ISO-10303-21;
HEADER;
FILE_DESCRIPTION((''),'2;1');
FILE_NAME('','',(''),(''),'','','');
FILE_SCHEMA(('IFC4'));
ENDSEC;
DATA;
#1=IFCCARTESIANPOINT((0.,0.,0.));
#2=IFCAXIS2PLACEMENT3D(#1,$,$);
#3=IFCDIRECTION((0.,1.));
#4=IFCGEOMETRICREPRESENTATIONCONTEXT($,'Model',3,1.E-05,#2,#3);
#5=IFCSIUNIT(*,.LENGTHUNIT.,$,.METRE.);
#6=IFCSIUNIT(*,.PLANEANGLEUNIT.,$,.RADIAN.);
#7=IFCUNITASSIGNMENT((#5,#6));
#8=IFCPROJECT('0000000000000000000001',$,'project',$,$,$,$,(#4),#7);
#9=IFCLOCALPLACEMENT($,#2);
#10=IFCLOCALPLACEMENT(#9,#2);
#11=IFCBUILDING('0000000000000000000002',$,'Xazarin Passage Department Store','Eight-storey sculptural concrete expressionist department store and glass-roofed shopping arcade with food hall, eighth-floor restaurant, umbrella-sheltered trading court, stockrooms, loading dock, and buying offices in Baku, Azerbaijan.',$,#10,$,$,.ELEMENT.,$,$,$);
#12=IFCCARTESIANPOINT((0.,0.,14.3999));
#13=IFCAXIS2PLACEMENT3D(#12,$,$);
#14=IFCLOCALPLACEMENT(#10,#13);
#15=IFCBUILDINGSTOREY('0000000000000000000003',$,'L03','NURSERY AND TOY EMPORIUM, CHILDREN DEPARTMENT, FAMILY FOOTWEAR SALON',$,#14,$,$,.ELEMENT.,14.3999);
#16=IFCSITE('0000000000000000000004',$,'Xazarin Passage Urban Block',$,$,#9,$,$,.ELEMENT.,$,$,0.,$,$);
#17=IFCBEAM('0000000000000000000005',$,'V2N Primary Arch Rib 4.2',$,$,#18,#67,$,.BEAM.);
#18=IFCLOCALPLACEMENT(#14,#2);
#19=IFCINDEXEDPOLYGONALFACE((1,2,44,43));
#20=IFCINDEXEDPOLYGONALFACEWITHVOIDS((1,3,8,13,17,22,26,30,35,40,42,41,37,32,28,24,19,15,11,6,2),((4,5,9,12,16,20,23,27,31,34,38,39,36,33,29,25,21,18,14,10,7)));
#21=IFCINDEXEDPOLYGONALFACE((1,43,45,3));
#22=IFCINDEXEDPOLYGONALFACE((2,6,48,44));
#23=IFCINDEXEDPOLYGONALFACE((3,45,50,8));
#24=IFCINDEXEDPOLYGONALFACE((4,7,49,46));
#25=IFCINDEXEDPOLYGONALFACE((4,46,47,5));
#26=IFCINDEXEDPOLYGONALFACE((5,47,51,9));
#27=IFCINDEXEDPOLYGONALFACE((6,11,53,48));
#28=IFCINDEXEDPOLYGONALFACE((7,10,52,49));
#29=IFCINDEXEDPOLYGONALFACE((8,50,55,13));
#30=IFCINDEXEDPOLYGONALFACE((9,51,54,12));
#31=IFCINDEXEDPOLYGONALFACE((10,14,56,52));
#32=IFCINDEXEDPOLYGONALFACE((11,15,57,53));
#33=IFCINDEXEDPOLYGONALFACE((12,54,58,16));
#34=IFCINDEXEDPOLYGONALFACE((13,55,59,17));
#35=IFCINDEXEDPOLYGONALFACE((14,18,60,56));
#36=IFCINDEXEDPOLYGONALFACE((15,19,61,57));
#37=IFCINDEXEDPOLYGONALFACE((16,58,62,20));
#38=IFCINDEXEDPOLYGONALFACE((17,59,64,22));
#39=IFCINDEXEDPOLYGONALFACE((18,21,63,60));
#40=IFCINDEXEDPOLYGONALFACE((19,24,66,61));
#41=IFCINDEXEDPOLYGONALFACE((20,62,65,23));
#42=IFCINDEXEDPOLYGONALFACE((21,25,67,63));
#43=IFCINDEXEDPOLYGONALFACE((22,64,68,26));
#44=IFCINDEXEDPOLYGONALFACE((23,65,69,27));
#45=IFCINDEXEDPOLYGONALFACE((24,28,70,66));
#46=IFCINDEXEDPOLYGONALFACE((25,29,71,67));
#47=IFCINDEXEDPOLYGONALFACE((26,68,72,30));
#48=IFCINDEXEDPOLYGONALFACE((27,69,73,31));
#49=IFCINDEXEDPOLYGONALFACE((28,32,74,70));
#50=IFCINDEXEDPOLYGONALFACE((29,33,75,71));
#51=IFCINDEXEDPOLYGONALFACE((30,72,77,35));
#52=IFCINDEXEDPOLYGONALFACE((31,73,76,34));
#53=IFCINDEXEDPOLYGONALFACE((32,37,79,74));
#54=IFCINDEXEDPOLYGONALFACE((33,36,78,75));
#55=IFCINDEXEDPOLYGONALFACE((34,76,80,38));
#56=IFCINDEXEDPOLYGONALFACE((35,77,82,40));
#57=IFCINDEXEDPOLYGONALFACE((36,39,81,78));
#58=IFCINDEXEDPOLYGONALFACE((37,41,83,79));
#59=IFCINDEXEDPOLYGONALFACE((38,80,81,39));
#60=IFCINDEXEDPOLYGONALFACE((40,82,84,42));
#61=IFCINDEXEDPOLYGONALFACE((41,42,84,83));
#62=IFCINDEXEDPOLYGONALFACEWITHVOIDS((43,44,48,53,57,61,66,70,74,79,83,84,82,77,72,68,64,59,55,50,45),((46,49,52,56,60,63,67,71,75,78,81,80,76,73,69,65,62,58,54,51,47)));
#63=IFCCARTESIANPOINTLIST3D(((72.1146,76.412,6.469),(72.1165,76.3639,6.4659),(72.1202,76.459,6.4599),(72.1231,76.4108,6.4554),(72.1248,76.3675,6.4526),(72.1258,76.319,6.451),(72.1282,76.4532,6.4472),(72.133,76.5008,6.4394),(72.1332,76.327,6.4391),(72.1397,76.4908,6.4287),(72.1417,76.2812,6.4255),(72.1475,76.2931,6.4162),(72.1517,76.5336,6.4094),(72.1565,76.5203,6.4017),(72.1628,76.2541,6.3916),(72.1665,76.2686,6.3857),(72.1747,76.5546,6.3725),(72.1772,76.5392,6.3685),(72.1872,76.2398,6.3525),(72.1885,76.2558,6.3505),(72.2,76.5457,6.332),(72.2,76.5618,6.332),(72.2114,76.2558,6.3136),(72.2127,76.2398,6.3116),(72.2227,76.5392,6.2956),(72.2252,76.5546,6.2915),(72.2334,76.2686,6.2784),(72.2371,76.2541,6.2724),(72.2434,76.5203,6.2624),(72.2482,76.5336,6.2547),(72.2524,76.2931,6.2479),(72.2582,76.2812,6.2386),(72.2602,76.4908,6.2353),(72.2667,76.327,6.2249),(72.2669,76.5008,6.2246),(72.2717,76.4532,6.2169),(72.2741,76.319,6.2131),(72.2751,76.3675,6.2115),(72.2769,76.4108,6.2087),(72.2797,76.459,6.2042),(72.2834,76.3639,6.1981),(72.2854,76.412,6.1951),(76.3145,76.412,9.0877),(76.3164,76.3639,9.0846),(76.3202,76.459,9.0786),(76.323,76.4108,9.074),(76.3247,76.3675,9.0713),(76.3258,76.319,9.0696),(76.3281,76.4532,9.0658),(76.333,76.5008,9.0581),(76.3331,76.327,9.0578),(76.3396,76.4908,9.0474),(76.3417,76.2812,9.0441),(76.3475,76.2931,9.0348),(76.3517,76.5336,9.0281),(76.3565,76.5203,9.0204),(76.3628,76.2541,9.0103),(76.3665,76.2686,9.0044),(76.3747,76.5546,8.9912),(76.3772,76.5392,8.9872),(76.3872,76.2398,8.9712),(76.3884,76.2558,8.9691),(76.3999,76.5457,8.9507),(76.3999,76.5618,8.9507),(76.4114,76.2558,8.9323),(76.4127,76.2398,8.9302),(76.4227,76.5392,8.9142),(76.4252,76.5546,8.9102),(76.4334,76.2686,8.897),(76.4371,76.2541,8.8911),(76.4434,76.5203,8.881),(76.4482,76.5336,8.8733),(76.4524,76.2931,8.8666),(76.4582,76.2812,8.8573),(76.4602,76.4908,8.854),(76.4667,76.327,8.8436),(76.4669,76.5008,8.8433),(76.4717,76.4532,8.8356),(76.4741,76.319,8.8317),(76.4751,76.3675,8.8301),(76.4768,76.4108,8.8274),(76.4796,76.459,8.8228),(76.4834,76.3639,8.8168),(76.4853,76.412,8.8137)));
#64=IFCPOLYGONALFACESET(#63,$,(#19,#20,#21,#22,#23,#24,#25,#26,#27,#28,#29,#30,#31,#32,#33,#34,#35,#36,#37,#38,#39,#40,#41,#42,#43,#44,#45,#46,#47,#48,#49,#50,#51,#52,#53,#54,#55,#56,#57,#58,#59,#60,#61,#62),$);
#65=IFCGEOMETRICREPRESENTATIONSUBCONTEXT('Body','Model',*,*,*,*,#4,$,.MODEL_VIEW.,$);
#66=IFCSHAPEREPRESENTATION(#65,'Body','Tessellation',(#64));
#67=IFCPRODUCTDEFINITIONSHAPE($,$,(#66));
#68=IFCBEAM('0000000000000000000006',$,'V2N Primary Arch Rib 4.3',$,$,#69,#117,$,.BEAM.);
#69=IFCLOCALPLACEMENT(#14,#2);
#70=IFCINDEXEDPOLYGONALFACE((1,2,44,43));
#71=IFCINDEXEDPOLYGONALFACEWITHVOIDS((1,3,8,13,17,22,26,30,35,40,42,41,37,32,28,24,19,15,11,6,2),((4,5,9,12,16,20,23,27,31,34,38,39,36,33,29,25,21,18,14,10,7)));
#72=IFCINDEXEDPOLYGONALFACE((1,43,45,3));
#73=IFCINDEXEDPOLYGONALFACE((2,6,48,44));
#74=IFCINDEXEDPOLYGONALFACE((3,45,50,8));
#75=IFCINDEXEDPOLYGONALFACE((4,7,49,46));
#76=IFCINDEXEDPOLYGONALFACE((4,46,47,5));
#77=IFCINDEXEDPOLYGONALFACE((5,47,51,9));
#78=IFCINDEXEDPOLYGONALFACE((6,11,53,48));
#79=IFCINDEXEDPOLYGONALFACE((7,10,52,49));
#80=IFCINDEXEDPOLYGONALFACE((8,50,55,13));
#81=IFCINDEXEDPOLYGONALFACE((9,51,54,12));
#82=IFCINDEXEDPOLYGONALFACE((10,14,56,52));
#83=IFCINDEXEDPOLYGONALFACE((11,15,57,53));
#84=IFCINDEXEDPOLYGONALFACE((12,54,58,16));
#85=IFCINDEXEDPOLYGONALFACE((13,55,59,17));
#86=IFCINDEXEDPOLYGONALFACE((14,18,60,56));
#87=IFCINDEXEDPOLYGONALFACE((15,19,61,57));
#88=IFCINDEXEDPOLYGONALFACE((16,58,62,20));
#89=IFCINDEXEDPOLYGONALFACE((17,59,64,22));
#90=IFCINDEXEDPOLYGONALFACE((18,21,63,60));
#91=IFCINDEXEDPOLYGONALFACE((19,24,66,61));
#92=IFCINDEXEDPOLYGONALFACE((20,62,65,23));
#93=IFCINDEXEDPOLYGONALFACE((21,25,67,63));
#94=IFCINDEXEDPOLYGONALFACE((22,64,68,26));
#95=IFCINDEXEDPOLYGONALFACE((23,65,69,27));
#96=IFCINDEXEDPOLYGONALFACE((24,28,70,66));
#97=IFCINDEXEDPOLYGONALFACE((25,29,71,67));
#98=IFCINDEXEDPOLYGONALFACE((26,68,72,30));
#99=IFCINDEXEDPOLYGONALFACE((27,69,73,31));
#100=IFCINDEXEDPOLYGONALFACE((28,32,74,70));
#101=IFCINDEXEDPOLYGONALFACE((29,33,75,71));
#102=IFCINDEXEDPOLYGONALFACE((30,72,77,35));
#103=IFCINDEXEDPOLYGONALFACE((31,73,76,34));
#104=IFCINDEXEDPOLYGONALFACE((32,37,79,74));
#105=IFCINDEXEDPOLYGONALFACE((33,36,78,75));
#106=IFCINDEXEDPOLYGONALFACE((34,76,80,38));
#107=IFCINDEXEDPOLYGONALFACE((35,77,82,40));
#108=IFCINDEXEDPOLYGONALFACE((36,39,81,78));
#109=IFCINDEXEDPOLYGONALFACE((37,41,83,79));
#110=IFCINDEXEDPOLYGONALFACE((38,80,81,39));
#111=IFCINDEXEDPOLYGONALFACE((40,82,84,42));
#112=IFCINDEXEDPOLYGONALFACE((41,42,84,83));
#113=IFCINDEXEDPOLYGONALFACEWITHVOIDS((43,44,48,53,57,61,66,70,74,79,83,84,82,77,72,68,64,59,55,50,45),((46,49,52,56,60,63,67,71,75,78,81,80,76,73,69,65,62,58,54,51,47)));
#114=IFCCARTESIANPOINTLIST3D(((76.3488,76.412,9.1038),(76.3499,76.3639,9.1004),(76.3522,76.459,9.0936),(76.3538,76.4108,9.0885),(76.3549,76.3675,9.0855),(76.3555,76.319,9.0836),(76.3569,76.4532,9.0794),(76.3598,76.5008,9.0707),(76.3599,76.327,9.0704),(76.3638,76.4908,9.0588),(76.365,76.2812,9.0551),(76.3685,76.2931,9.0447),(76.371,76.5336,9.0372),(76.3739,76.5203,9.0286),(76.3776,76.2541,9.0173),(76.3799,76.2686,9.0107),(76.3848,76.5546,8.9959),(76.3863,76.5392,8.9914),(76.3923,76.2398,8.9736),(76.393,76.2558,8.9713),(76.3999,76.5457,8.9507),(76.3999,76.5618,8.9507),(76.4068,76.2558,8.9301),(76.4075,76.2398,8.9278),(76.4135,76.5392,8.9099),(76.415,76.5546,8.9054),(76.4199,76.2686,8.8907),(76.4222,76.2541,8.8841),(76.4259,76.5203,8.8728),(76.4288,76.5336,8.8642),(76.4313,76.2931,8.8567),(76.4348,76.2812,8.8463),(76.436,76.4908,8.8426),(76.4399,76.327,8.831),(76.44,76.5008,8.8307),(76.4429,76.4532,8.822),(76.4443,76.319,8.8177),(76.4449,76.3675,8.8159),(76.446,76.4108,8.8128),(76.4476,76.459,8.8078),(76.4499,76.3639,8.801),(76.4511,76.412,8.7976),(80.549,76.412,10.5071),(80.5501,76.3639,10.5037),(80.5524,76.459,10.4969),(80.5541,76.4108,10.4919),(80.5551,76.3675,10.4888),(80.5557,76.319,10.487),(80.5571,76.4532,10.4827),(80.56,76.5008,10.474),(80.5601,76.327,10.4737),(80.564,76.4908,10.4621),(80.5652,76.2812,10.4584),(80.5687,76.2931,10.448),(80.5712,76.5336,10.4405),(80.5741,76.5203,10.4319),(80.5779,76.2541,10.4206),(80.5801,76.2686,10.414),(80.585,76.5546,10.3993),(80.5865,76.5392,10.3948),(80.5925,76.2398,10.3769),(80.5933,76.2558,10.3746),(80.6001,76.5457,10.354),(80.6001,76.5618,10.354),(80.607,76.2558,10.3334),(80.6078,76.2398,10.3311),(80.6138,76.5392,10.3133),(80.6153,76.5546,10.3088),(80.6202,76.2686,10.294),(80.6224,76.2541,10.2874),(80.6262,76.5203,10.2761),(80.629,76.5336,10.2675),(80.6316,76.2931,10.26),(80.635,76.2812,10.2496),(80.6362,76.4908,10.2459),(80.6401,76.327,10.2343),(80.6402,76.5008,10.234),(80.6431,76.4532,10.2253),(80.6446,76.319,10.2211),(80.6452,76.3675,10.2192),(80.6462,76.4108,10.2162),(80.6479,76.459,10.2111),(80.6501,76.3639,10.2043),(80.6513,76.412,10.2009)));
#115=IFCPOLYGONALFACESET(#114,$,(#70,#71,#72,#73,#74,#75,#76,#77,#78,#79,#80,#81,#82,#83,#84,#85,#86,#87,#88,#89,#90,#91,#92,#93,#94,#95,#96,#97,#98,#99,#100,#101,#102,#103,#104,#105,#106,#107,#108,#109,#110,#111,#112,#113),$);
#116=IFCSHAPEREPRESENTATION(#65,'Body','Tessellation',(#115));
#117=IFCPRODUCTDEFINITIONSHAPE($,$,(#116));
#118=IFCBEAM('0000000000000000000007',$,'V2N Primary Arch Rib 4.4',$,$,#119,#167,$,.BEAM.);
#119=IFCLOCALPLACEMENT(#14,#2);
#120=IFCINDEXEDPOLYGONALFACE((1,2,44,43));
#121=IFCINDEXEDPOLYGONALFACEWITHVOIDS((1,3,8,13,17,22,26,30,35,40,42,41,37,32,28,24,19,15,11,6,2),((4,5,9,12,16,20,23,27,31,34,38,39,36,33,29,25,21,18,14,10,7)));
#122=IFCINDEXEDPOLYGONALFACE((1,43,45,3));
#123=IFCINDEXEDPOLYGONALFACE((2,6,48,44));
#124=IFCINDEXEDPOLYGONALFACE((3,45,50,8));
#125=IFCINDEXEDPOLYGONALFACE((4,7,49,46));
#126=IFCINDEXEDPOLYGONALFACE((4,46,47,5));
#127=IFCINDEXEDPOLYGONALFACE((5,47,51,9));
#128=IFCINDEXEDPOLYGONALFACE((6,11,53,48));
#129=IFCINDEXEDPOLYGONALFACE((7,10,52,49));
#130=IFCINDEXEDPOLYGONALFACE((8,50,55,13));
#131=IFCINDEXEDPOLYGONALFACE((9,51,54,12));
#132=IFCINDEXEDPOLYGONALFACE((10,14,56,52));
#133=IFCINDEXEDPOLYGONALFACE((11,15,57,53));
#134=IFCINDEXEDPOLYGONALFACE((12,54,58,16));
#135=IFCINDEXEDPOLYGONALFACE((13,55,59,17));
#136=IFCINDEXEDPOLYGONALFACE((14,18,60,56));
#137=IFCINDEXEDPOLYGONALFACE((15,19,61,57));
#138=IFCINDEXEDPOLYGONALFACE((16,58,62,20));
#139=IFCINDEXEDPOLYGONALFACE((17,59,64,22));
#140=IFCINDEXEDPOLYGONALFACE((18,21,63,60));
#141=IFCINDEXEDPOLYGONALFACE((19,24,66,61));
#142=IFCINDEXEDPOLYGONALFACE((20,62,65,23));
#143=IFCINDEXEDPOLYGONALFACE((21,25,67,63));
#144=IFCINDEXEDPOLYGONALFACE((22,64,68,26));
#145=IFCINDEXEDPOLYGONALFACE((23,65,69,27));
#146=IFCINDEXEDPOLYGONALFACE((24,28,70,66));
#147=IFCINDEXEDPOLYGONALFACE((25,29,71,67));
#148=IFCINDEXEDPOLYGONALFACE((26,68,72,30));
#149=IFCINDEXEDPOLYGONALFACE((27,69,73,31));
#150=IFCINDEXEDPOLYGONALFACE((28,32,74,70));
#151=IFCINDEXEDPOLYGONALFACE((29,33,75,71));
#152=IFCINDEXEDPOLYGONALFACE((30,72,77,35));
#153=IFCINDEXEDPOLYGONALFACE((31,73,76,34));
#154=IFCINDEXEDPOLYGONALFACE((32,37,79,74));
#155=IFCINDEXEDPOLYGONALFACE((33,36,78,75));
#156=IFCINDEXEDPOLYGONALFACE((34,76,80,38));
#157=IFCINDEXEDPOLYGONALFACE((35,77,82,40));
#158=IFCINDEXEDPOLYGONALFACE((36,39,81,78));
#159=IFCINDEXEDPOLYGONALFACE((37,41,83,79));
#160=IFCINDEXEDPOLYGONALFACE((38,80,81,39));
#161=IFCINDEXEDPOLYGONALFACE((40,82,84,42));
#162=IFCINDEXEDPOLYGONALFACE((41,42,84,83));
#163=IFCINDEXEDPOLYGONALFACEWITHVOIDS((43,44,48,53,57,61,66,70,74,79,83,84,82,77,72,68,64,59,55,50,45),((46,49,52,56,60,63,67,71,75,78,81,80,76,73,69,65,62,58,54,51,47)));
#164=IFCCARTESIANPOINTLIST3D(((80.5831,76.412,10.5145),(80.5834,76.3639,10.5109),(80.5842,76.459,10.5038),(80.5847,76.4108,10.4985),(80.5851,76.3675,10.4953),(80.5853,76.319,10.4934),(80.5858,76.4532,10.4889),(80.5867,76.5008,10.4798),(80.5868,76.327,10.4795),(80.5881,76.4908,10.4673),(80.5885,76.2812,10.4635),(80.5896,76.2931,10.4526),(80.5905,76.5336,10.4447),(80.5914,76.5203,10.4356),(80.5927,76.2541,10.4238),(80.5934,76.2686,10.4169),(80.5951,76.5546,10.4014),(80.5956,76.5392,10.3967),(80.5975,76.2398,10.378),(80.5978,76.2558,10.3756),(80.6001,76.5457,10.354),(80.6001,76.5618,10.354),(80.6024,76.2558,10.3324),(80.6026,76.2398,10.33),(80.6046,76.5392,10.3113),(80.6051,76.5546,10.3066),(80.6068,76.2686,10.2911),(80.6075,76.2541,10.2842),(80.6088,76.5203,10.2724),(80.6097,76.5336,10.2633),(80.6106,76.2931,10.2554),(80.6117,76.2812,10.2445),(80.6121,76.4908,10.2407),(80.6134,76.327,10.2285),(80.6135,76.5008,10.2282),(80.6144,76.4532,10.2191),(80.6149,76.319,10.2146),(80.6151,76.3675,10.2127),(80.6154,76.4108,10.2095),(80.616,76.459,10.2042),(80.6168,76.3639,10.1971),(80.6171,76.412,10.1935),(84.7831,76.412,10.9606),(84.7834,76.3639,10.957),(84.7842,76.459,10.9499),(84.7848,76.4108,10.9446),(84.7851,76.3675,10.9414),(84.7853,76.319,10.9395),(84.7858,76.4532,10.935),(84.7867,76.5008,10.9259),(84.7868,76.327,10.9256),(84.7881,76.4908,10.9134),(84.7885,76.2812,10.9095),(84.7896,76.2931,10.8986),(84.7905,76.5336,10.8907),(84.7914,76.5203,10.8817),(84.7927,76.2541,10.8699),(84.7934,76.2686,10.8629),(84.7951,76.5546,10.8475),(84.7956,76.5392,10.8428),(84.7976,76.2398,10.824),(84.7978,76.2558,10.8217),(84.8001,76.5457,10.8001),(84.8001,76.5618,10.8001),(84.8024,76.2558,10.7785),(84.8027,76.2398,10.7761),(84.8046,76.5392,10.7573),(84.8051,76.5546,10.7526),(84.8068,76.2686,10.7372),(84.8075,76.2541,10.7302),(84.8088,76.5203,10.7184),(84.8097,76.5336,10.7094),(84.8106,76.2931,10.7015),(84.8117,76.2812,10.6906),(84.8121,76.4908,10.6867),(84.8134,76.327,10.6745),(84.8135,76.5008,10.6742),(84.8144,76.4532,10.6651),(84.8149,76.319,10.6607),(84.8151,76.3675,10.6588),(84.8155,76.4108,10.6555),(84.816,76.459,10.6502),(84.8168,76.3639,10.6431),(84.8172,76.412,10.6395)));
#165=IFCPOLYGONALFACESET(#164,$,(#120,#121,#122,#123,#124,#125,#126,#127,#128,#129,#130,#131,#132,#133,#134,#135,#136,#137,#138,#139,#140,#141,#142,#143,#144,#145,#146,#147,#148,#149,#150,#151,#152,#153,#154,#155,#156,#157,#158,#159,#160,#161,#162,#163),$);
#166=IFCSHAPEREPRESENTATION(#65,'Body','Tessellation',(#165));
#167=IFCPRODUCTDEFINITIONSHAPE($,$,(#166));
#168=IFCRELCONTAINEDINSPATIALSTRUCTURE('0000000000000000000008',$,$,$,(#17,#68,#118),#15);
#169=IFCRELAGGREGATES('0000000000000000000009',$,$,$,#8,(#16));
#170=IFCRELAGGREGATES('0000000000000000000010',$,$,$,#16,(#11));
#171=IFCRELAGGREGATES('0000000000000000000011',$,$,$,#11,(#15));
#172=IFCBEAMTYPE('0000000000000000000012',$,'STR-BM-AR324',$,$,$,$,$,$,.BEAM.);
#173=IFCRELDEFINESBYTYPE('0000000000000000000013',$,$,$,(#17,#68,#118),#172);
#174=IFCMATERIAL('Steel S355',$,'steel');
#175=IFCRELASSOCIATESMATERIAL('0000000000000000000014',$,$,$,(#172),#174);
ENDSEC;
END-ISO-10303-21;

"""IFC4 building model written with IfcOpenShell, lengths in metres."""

from ifc_helpers import new_model, si_unit, direction, frame, origin, origin_2d, place, context, subcontext, project, spatial, hollow_circle, extrude, material, material_profile, profile_set, type_object, element, save


model = new_model("IFC4")

# Units and contexts
model_context = context("Model", 3, precision=1e-05, world=origin(), true_north=direction((0.0, 1.0)))
body_context = subcontext(model_context, "Body", "Model", "MODEL_VIEW")
ifc_project = project(units=[si_unit("LENGTHUNIT", "METRE"), si_unit("PLANEANGLEUNIT", "RADIAN")], contexts=[model_context])

# Site, building, storey
site_placement = place(None, origin())
site = spatial("IfcSite", under=ifc_project, at=site_placement, Name="Xazarin Passage Urban Block", CompositionType="ELEMENT", RefElevation=0.0)
building_placement = place(site_placement, origin())
building = spatial("IfcBuilding", under=site, at=building_placement, Name="Xazarin Passage Department Store", Description="Eight-storey sculptural concrete expressionist department store and glass-roofed shopping arcade with food hall, eighth-floor restaurant, umbrella-sheltered trading court, stockrooms, loading dock, and buying offices in Baku, Azerbaijan.", CompositionType="ELEMENT")
storey_placement = place(building_placement, frame((0.0, 0.0, 14.3999)))
storey = spatial("IfcBuildingStorey", under=building, at=storey_placement, Name="L03", Description="NURSERY AND TOY EMPORIUM, CHILDREN DEPARTMENT, FAMILY FOOTWEAR SALON", CompositionType="ELEMENT", Elevation=14.3999)

# Beams
ifc_material_1 = material(Name="Steel S355", Category="steel")
ifc_material_profile_1 = material_profile(ifc_material_1, hollow_circle(Radius=0.1619, WallThickness=0.0161, at=origin_2d()), Name="CHS 323.9x16")
ifc_profile_set_1 = profile_set([ifc_material_profile_1], Name="Steel S355")
beam_type_1 = type_object("IfcBeamType", Name="STR-BM-AR324", PredefinedType="BEAM", material=ifc_profile_set_1)
beam_1_placement = place(storey_placement, frame((72.2, 76.3999, 6.332), z_axis=(0.848571, 0.0, 0.529081), x_axis=(0.0, 1.0, 0.0)))
element("IfcBeam", 1, at=beam_1_placement, inside=storey, type_object=beam_type_1, Name="V2N Primary Arch Rib 4.2", PredefinedType="BEAM", context=body_context, shape_type="SweptSolid", body=[
    extrude(hollow_circle(Radius=0.1619, WallThickness=0.0161, at=origin_2d()), origin(), (0.0, 0.0, 1.0), 4.9495),
])
beam_2_placement = place(storey_placement, frame((76.3999, 76.3999, 8.9507), z_axis=(0.948463, 0.0, 0.316889), x_axis=(0.0, 1.0, 0.0)))
element("IfcBeam", 2, at=beam_2_placement, inside=storey, type_object=beam_type_1, Name="V2N Primary Arch Rib 4.3", PredefinedType="BEAM", context=body_context, shape_type="SweptSolid", body=[
    extrude(hollow_circle(Radius=0.1619, WallThickness=0.0161, at=origin_2d()), origin(), (0.0, 0.0, 1.0), 4.4285),
])
for number, where, z_axis, x_axis, name in (
    (3, (80.6001, 76.3999, 10.354), (0.994408, 0.0, 0.105608), (0.0, 1.0, 0.0), "V2N Primary Arch Rib 4.4"),
):
    element("IfcBeam", number, at=place(storey_placement, frame(where, z_axis=z_axis, x_axis=x_axis)), inside=storey, type_object=beam_type_1, Name=name, PredefinedType="BEAM", context=body_context, shape_type="SweptSolid", body=[
        extrude(hollow_circle(Radius=0.1619, WallThickness=0.0161, at=origin_2d()), origin(), (0.0, 0.0, 1.0), 4.2236),
    ])

save(model, "model.ifc")
